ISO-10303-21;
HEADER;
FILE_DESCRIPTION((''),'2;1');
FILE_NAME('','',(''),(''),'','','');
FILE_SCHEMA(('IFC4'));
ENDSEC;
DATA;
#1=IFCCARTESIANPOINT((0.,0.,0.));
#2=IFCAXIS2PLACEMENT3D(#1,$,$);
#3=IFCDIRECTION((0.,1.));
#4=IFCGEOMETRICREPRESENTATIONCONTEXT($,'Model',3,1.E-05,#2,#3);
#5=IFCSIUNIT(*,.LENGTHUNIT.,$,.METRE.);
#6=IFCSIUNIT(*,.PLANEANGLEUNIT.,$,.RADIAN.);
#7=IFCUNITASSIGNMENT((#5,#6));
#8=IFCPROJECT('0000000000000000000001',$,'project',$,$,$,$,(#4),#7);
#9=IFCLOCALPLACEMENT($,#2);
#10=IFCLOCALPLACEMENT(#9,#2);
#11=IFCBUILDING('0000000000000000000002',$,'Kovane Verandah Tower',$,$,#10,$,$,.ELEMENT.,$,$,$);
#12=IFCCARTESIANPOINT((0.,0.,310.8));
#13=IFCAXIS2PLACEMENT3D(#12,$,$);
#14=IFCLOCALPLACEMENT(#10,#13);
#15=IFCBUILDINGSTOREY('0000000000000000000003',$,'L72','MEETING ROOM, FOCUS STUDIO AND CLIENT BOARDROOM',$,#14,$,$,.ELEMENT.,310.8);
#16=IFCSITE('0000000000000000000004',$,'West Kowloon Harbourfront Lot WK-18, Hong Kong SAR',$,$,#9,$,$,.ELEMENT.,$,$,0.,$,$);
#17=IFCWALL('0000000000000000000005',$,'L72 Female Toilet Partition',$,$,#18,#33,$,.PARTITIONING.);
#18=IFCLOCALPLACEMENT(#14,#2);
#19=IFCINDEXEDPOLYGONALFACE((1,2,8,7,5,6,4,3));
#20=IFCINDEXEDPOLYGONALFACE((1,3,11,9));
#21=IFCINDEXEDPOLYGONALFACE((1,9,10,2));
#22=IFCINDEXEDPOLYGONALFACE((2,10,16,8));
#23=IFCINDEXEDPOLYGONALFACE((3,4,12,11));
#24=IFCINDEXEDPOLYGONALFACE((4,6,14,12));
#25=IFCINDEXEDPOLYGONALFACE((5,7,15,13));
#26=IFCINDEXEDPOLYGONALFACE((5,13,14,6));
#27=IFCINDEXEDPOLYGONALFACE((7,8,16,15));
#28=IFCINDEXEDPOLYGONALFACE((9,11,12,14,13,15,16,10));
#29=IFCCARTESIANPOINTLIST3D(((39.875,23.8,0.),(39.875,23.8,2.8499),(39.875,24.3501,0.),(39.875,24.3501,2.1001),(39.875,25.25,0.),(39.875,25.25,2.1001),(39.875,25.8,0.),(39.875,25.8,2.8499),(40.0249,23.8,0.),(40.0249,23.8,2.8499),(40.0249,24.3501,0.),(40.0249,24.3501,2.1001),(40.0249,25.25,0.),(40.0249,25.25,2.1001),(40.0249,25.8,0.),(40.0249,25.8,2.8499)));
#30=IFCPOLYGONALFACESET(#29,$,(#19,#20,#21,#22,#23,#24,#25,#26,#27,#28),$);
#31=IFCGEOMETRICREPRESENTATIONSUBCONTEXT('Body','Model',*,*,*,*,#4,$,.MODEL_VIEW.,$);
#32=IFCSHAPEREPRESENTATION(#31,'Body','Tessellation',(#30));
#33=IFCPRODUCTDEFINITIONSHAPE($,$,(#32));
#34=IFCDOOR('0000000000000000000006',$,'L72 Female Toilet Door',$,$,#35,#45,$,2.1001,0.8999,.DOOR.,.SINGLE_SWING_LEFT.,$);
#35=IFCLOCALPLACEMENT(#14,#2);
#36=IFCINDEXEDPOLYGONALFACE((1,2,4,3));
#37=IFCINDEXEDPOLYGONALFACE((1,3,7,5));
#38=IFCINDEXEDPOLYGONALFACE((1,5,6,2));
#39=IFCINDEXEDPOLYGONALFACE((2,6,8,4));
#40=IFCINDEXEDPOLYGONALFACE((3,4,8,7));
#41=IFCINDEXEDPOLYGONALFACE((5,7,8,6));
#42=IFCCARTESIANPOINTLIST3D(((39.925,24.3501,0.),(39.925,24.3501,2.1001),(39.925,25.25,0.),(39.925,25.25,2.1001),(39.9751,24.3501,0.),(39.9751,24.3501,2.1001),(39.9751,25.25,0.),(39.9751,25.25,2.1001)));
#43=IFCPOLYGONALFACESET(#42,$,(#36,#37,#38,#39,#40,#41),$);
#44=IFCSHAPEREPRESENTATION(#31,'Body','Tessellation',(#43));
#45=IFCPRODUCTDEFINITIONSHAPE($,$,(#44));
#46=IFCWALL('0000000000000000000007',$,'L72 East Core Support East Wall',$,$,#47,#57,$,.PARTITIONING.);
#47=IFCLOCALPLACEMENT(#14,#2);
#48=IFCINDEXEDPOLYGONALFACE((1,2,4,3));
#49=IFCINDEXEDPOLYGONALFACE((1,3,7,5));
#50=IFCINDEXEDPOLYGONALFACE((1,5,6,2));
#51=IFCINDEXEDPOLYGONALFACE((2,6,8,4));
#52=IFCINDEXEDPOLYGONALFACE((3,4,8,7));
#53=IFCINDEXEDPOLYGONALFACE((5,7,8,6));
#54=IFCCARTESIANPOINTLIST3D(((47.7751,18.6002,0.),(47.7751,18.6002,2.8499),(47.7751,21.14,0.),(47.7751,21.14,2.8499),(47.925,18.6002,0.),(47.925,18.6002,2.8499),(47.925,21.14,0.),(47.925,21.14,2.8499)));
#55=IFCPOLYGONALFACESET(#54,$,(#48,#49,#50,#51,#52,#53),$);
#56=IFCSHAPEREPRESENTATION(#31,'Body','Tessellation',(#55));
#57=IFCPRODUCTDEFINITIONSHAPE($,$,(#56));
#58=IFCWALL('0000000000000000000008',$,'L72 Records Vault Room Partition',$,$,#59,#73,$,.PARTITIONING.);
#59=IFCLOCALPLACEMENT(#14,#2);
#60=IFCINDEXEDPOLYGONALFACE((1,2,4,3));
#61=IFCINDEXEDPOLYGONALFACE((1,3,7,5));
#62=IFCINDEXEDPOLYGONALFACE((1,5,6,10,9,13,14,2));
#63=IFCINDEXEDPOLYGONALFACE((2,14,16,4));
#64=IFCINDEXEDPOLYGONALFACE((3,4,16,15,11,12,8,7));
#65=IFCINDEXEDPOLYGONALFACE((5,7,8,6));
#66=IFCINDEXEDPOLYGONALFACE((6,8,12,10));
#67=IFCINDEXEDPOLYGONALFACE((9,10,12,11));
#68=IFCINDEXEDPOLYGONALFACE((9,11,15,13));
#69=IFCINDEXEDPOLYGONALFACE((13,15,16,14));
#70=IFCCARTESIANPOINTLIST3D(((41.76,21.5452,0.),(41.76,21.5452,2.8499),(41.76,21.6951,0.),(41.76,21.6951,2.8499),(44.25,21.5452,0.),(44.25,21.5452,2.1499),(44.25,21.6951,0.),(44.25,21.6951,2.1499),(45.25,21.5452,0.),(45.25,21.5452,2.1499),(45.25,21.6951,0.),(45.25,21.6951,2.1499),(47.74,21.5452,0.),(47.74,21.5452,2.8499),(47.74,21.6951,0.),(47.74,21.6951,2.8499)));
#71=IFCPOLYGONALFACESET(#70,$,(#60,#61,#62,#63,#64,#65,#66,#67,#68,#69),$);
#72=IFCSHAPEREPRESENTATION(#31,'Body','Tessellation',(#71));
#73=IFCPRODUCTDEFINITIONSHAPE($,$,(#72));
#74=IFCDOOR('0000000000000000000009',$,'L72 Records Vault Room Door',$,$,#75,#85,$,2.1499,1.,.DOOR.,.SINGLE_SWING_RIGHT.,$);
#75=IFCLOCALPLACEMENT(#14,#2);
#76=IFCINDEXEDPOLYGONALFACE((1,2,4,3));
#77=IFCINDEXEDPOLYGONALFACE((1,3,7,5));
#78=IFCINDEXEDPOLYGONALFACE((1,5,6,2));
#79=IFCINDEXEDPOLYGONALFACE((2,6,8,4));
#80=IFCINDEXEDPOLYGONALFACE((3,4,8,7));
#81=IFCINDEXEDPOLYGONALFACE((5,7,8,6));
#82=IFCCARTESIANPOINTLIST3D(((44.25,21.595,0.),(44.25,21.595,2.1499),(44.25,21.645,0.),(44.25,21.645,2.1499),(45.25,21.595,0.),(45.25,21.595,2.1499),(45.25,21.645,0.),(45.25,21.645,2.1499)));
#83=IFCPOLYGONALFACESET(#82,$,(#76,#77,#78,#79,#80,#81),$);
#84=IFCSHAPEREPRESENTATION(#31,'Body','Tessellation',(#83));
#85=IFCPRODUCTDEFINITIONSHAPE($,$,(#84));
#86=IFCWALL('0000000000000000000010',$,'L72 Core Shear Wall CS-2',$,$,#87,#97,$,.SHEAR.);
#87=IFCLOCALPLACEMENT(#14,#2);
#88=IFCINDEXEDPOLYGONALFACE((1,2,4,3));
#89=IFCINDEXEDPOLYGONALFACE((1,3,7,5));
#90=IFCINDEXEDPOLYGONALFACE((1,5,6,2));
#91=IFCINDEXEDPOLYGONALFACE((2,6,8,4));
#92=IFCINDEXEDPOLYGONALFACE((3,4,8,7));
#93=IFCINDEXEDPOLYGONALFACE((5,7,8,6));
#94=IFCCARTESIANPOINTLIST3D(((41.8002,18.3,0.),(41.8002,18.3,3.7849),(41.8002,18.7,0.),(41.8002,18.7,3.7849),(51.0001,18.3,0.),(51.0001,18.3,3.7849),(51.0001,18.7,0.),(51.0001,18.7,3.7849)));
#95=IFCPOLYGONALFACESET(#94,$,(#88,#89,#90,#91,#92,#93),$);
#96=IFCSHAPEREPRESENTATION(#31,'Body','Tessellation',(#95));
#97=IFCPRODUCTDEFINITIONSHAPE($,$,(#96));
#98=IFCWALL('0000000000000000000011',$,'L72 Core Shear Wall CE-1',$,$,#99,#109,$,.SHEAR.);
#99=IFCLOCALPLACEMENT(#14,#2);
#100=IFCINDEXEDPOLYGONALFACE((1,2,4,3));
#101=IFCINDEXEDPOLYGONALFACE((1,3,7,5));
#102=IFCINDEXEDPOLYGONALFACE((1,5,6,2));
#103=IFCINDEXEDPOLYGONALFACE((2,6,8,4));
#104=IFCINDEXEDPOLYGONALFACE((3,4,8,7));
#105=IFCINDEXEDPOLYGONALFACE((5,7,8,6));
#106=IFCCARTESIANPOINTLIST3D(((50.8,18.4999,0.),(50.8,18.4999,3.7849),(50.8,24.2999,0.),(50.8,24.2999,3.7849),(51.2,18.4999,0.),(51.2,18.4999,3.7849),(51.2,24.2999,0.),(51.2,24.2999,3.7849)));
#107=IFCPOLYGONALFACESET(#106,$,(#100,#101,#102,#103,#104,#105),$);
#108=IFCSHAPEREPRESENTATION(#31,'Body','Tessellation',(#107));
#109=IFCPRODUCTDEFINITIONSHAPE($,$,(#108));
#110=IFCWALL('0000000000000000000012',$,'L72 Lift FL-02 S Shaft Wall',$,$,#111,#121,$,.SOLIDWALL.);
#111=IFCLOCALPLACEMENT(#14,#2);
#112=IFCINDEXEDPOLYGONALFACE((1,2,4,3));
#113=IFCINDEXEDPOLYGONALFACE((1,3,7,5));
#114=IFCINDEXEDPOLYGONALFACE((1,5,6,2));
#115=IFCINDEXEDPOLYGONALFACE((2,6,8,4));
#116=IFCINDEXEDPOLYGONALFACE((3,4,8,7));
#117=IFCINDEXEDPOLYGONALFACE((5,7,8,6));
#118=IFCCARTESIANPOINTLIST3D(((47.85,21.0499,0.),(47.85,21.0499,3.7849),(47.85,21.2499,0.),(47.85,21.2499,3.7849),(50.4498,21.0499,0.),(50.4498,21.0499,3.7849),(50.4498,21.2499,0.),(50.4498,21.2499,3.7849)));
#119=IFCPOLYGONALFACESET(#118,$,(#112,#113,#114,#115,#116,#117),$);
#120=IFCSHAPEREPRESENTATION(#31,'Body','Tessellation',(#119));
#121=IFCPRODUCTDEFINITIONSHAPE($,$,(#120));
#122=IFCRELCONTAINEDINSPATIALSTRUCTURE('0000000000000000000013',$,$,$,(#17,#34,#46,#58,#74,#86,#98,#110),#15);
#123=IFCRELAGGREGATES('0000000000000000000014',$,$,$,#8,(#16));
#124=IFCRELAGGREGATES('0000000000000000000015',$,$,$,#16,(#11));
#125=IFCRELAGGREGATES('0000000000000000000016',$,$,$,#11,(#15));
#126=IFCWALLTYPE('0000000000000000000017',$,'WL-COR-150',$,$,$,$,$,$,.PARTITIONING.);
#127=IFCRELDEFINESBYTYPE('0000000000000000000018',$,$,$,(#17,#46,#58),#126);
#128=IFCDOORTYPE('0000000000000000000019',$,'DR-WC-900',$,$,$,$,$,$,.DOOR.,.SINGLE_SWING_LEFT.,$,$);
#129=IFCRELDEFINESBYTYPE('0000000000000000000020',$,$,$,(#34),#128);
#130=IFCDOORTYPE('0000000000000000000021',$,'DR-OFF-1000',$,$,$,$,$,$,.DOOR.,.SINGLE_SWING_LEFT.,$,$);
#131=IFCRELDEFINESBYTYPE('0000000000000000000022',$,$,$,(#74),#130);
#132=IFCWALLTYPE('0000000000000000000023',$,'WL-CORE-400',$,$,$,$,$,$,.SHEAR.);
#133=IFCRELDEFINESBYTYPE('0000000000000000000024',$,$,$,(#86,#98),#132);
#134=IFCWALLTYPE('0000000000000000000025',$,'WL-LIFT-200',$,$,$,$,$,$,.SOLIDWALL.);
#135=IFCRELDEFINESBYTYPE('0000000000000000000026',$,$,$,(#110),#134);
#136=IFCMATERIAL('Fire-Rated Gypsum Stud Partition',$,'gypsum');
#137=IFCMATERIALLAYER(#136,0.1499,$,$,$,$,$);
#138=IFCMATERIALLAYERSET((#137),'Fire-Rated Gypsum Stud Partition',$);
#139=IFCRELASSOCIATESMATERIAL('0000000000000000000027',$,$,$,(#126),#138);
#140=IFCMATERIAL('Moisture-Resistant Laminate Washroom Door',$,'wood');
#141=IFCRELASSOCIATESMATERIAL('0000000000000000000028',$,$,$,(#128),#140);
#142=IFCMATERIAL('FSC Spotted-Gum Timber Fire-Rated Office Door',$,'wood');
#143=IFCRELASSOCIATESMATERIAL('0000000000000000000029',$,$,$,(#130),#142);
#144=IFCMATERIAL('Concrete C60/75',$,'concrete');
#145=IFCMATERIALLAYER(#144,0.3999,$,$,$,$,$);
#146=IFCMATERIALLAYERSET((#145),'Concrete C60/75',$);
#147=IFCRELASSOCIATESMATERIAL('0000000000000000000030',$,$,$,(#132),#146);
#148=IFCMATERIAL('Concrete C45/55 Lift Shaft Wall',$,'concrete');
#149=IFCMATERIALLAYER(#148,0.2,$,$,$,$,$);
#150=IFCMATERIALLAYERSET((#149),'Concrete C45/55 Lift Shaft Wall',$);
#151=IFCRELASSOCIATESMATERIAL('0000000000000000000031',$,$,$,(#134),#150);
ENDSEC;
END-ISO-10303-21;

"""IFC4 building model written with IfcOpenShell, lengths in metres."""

from ifc_helpers import new_model, si_unit, direction, frame, frame_2d, origin, place, context, subcontext, project, spatial, rectangle, extrude, material, layer, layer_set, type_object, element, fill, save


model = new_model("IFC4")

# Units and contexts
model_context = context("Model", 3, precision=1e-05, world=origin(), true_north=direction((0.0, 1.0)))
body_context = subcontext(model_context, "Body", "Model", "MODEL_VIEW")
ifc_project = project(units=[si_unit("LENGTHUNIT", "METRE"), si_unit("PLANEANGLEUNIT", "RADIAN")], contexts=[model_context])

# Site, building, storey
site_placement = place(None, origin())
site = spatial("IfcSite", under=ifc_project, at=site_placement, Name="West Kowloon Harbourfront Lot WK-18, Hong Kong SAR", CompositionType="ELEMENT", RefElevation=0.0)
building_placement = place(site_placement, origin())
building = spatial("IfcBuilding", under=site, at=building_placement, Name="Kovane Verandah Tower", CompositionType="ELEMENT")
storey_placement = place(building_placement, frame((0.0, 0.0, 310.8)))
storey = spatial("IfcBuildingStorey", under=building, at=storey_placement, Name="L72", Description="MEETING ROOM, FOCUS STUDIO AND CLIENT BOARDROOM", CompositionType="ELEMENT", Elevation=310.8)

# Shared definitions
ifc_material_1 = material(Name="Concrete C60/75", Category="concrete")

# Shared definitions
ifc_material_2 = material(Name="Fire-Rated Gypsum Stud Partition", Category="gypsum")
ifc_layer_1 = layer(ifc_material_2, 0.1499)
ifc_layer_set_1 = layer_set([ifc_layer_1], Name="Fire-Rated Gypsum Stud Partition")
wall_type_1 = type_object("IfcWallType", Name="WL-COR-150", PredefinedType="PARTITIONING", material=ifc_layer_set_1)

# Wall, opening, door
ifc_material_3 = material(Name="Moisture-Resistant Laminate Washroom Door", Category="wood")
door_type_1 = type_object("IfcDoorType", Name="DR-WC-900", OperationType="SINGLE_SWING_LEFT", PredefinedType="DOOR", material=ifc_material_3)
wall_1_placement = place(storey_placement, frame((39.95, 23.8, 0.0), z_axis=(0.0, 0.0, 1.0), x_axis=(0.0, 1.0, 0.0)))
wall_1 = element("IfcWall", 1, at=wall_1_placement, inside=storey, type_object=wall_type_1, Name="L72 Female Toilet Partition", PredefinedType="PARTITIONING", context=body_context, shape_type="SweptSolid", body=[
    extrude(rectangle(XDim=2.0, YDim=0.1499, at=frame_2d((1.0, 0.0))), origin(), (0.0, 0.0, 1.0), 2.8499),
])
opening_1_placement = place(wall_1_placement, frame((0.55, 0.0, 0.0)))
opening_1 = element("IfcOpeningElement", 2, at=opening_1_placement, cuts=wall_1, PredefinedType="OPENING", context=body_context, shape_type="SweptSolid", body=[
    extrude(rectangle(XDim=0.8999, YDim=2.1001, at=frame_2d((0.45, 1.05))), frame((0.0, 0.075, 0.0), z_axis=(0.0, -1.0, 0.0), x_axis=(1.0, 0.0, 0.0)), (0.0, 0.0, 1.0), 0.1499),
])
door_1_placement = place(opening_1_placement, origin())
door_1 = element("IfcDoor", 3, at=door_1_placement, inside=storey, type_object=door_type_1, Name="L72 Female Toilet Door", OperationType="SINGLE_SWING_LEFT", OverallHeight=2.1001, OverallWidth=0.8999, PredefinedType="DOOR", context=body_context, shape_type="SweptSolid", body=[
    extrude(rectangle(XDim=0.8999, YDim=2.1001, at=frame_2d((0.45, 1.05))), frame((0.0, 0.0249, 0.0), z_axis=(0.0, -1.0, 0.0), x_axis=(1.0, 0.0, 0.0)), (0.0, 0.0, 1.0), 0.05),
])
fill(opening_1, door_1)

# Wall
wall_2_placement = place(storey_placement, frame((47.8501, 18.6001, 0.0), z_axis=(0.0, 0.0, 1.0), x_axis=(0.0, 1.0, 0.0)))
element("IfcWall", 4, at=wall_2_placement, inside=storey, type_object=wall_type_1, Name="L72 East Core Support East Wall", PredefinedType="PARTITIONING", context=body_context, shape_type="SweptSolid", body=[
    extrude(rectangle(XDim=2.5398, YDim=0.1499, at=frame_2d((1.27, 0.0))), origin(), (0.0, 0.0, 1.0), 2.8499),
])

# Wall, opening, door
wall_3_placement = place(storey_placement, frame((41.76, 21.6201, 0.0), z_axis=(0.0, 0.0, 1.0), x_axis=(1.0, 0.0, 0.0)))
wall_3 = element("IfcWall", 5, at=wall_3_placement, inside=storey, type_object=wall_type_1, Name="L72 Records Vault Room Partition", PredefinedType="PARTITIONING", context=body_context, shape_type="SweptSolid", body=[
    extrude(rectangle(XDim=5.98, YDim=0.1499, at=frame_2d((2.99, 0.0))), origin(), (0.0, 0.0, 1.0), 2.8499),
])
opening_2_placement = place(wall_3_placement, frame((2.49, 0.0, 0.0)))
opening_2 = element("IfcOpeningElement", 6, at=opening_2_placement, cuts=wall_3, PredefinedType="OPENING", context=body_context, shape_type="SweptSolid", body=[
    extrude(rectangle(XDim=1.0, YDim=2.1499, at=frame_2d((0.5, 1.075))), frame((0.0, 0.075, 0.0), z_axis=(0.0, -1.0, 0.0), x_axis=(1.0, 0.0, 0.0)), (0.0, 0.0, 1.0), 0.1499),
])
ifc_material_4 = material(Name="FSC Spotted-Gum Timber Fire-Rated Office Door", Category="wood")
door_type_2 = type_object("IfcDoorType", Name="DR-OFF-1000", OperationType="SINGLE_SWING_LEFT", PredefinedType="DOOR", material=ifc_material_4)
door_2_placement = place(opening_2_placement, origin())
door_2 = element("IfcDoor", 7, at=door_2_placement, inside=storey, type_object=door_type_2, Name="L72 Records Vault Room Door", OperationType="SINGLE_SWING_RIGHT", OverallHeight=2.1499, OverallWidth=1.0, PredefinedType="DOOR", context=body_context, shape_type="SweptSolid", body=[
    extrude(rectangle(XDim=1.0, YDim=2.1499, at=frame_2d((0.5, 1.075))), frame((0.0, 0.0249, 0.0), z_axis=(0.0, -1.0, 0.0), x_axis=(1.0, 0.0, 0.0)), (0.0, 0.0, 1.0), 0.05),
])
fill(opening_2, door_2)

# Walls
ifc_layer_2 = layer(ifc_material_1, 0.3999)
ifc_layer_set_2 = layer_set([ifc_layer_2], Name="Concrete C60/75")
wall_type_2 = type_object("IfcWallType", Name="WL-CORE-400", PredefinedType="SHEAR", material=ifc_layer_set_2)
wall_4_placement = place(storey_placement, frame((41.8, 18.5, 0.0), z_axis=(0.0, 0.0, 1.0), x_axis=(1.0, 0.0, 0.0)))
element("IfcWall", 8, at=wall_4_placement, inside=storey, type_object=wall_type_2, Name="L72 Core Shear Wall CS-2", PredefinedType="SHEAR", context=body_context, shape_type="SweptSolid", body=[
    extrude(rectangle(XDim=9.2, YDim=0.3999, at=frame_2d((4.6001, 0.0))), origin(), (0.0, 0.0, 1.0), 3.7849),
])
wall_5_placement = place(storey_placement, frame((51.0, 18.5, 0.0), z_axis=(0.0, 0.0, 1.0), x_axis=(0.0, 1.0, 0.0)))
element("IfcWall", 9, at=wall_5_placement, inside=storey, type_object=wall_type_2, Name="L72 Core Shear Wall CE-1", PredefinedType="SHEAR", context=body_context, shape_type="SweptSolid", body=[
    extrude(rectangle(XDim=5.8, YDim=0.3999, at=frame_2d((2.8999, 0.0))), origin(), (0.0, 0.0, 1.0), 3.7849),
])
ifc_material_5 = material(Name="Concrete C45/55 Lift Shaft Wall", Category="concrete")
ifc_layer_3 = layer(ifc_material_5, 0.2)
ifc_layer_set_3 = layer_set([ifc_layer_3], Name="Concrete C45/55 Lift Shaft Wall")
wall_type_3 = type_object("IfcWallType", Name="WL-LIFT-200", PredefinedType="SOLIDWALL", material=ifc_layer_set_3)
wall_6_placement = place(storey_placement, frame((47.8501, 21.1499, 0.0), z_axis=(0.0, 0.0, 1.0), x_axis=(1.0, 0.0, 0.0)))
element("IfcWall", 10, at=wall_6_placement, inside=storey, type_object=wall_type_3, Name="L72 Lift FL-02 S Shaft Wall", PredefinedType="SOLIDWALL", context=body_context, shape_type="SweptSolid", body=[
    extrude(rectangle(XDim=2.5999, YDim=0.2, at=frame_2d((1.2998, 0.0))), origin(), (0.0, 0.0, 1.0), 3.7849),
])

save(model, "model.ifc")
